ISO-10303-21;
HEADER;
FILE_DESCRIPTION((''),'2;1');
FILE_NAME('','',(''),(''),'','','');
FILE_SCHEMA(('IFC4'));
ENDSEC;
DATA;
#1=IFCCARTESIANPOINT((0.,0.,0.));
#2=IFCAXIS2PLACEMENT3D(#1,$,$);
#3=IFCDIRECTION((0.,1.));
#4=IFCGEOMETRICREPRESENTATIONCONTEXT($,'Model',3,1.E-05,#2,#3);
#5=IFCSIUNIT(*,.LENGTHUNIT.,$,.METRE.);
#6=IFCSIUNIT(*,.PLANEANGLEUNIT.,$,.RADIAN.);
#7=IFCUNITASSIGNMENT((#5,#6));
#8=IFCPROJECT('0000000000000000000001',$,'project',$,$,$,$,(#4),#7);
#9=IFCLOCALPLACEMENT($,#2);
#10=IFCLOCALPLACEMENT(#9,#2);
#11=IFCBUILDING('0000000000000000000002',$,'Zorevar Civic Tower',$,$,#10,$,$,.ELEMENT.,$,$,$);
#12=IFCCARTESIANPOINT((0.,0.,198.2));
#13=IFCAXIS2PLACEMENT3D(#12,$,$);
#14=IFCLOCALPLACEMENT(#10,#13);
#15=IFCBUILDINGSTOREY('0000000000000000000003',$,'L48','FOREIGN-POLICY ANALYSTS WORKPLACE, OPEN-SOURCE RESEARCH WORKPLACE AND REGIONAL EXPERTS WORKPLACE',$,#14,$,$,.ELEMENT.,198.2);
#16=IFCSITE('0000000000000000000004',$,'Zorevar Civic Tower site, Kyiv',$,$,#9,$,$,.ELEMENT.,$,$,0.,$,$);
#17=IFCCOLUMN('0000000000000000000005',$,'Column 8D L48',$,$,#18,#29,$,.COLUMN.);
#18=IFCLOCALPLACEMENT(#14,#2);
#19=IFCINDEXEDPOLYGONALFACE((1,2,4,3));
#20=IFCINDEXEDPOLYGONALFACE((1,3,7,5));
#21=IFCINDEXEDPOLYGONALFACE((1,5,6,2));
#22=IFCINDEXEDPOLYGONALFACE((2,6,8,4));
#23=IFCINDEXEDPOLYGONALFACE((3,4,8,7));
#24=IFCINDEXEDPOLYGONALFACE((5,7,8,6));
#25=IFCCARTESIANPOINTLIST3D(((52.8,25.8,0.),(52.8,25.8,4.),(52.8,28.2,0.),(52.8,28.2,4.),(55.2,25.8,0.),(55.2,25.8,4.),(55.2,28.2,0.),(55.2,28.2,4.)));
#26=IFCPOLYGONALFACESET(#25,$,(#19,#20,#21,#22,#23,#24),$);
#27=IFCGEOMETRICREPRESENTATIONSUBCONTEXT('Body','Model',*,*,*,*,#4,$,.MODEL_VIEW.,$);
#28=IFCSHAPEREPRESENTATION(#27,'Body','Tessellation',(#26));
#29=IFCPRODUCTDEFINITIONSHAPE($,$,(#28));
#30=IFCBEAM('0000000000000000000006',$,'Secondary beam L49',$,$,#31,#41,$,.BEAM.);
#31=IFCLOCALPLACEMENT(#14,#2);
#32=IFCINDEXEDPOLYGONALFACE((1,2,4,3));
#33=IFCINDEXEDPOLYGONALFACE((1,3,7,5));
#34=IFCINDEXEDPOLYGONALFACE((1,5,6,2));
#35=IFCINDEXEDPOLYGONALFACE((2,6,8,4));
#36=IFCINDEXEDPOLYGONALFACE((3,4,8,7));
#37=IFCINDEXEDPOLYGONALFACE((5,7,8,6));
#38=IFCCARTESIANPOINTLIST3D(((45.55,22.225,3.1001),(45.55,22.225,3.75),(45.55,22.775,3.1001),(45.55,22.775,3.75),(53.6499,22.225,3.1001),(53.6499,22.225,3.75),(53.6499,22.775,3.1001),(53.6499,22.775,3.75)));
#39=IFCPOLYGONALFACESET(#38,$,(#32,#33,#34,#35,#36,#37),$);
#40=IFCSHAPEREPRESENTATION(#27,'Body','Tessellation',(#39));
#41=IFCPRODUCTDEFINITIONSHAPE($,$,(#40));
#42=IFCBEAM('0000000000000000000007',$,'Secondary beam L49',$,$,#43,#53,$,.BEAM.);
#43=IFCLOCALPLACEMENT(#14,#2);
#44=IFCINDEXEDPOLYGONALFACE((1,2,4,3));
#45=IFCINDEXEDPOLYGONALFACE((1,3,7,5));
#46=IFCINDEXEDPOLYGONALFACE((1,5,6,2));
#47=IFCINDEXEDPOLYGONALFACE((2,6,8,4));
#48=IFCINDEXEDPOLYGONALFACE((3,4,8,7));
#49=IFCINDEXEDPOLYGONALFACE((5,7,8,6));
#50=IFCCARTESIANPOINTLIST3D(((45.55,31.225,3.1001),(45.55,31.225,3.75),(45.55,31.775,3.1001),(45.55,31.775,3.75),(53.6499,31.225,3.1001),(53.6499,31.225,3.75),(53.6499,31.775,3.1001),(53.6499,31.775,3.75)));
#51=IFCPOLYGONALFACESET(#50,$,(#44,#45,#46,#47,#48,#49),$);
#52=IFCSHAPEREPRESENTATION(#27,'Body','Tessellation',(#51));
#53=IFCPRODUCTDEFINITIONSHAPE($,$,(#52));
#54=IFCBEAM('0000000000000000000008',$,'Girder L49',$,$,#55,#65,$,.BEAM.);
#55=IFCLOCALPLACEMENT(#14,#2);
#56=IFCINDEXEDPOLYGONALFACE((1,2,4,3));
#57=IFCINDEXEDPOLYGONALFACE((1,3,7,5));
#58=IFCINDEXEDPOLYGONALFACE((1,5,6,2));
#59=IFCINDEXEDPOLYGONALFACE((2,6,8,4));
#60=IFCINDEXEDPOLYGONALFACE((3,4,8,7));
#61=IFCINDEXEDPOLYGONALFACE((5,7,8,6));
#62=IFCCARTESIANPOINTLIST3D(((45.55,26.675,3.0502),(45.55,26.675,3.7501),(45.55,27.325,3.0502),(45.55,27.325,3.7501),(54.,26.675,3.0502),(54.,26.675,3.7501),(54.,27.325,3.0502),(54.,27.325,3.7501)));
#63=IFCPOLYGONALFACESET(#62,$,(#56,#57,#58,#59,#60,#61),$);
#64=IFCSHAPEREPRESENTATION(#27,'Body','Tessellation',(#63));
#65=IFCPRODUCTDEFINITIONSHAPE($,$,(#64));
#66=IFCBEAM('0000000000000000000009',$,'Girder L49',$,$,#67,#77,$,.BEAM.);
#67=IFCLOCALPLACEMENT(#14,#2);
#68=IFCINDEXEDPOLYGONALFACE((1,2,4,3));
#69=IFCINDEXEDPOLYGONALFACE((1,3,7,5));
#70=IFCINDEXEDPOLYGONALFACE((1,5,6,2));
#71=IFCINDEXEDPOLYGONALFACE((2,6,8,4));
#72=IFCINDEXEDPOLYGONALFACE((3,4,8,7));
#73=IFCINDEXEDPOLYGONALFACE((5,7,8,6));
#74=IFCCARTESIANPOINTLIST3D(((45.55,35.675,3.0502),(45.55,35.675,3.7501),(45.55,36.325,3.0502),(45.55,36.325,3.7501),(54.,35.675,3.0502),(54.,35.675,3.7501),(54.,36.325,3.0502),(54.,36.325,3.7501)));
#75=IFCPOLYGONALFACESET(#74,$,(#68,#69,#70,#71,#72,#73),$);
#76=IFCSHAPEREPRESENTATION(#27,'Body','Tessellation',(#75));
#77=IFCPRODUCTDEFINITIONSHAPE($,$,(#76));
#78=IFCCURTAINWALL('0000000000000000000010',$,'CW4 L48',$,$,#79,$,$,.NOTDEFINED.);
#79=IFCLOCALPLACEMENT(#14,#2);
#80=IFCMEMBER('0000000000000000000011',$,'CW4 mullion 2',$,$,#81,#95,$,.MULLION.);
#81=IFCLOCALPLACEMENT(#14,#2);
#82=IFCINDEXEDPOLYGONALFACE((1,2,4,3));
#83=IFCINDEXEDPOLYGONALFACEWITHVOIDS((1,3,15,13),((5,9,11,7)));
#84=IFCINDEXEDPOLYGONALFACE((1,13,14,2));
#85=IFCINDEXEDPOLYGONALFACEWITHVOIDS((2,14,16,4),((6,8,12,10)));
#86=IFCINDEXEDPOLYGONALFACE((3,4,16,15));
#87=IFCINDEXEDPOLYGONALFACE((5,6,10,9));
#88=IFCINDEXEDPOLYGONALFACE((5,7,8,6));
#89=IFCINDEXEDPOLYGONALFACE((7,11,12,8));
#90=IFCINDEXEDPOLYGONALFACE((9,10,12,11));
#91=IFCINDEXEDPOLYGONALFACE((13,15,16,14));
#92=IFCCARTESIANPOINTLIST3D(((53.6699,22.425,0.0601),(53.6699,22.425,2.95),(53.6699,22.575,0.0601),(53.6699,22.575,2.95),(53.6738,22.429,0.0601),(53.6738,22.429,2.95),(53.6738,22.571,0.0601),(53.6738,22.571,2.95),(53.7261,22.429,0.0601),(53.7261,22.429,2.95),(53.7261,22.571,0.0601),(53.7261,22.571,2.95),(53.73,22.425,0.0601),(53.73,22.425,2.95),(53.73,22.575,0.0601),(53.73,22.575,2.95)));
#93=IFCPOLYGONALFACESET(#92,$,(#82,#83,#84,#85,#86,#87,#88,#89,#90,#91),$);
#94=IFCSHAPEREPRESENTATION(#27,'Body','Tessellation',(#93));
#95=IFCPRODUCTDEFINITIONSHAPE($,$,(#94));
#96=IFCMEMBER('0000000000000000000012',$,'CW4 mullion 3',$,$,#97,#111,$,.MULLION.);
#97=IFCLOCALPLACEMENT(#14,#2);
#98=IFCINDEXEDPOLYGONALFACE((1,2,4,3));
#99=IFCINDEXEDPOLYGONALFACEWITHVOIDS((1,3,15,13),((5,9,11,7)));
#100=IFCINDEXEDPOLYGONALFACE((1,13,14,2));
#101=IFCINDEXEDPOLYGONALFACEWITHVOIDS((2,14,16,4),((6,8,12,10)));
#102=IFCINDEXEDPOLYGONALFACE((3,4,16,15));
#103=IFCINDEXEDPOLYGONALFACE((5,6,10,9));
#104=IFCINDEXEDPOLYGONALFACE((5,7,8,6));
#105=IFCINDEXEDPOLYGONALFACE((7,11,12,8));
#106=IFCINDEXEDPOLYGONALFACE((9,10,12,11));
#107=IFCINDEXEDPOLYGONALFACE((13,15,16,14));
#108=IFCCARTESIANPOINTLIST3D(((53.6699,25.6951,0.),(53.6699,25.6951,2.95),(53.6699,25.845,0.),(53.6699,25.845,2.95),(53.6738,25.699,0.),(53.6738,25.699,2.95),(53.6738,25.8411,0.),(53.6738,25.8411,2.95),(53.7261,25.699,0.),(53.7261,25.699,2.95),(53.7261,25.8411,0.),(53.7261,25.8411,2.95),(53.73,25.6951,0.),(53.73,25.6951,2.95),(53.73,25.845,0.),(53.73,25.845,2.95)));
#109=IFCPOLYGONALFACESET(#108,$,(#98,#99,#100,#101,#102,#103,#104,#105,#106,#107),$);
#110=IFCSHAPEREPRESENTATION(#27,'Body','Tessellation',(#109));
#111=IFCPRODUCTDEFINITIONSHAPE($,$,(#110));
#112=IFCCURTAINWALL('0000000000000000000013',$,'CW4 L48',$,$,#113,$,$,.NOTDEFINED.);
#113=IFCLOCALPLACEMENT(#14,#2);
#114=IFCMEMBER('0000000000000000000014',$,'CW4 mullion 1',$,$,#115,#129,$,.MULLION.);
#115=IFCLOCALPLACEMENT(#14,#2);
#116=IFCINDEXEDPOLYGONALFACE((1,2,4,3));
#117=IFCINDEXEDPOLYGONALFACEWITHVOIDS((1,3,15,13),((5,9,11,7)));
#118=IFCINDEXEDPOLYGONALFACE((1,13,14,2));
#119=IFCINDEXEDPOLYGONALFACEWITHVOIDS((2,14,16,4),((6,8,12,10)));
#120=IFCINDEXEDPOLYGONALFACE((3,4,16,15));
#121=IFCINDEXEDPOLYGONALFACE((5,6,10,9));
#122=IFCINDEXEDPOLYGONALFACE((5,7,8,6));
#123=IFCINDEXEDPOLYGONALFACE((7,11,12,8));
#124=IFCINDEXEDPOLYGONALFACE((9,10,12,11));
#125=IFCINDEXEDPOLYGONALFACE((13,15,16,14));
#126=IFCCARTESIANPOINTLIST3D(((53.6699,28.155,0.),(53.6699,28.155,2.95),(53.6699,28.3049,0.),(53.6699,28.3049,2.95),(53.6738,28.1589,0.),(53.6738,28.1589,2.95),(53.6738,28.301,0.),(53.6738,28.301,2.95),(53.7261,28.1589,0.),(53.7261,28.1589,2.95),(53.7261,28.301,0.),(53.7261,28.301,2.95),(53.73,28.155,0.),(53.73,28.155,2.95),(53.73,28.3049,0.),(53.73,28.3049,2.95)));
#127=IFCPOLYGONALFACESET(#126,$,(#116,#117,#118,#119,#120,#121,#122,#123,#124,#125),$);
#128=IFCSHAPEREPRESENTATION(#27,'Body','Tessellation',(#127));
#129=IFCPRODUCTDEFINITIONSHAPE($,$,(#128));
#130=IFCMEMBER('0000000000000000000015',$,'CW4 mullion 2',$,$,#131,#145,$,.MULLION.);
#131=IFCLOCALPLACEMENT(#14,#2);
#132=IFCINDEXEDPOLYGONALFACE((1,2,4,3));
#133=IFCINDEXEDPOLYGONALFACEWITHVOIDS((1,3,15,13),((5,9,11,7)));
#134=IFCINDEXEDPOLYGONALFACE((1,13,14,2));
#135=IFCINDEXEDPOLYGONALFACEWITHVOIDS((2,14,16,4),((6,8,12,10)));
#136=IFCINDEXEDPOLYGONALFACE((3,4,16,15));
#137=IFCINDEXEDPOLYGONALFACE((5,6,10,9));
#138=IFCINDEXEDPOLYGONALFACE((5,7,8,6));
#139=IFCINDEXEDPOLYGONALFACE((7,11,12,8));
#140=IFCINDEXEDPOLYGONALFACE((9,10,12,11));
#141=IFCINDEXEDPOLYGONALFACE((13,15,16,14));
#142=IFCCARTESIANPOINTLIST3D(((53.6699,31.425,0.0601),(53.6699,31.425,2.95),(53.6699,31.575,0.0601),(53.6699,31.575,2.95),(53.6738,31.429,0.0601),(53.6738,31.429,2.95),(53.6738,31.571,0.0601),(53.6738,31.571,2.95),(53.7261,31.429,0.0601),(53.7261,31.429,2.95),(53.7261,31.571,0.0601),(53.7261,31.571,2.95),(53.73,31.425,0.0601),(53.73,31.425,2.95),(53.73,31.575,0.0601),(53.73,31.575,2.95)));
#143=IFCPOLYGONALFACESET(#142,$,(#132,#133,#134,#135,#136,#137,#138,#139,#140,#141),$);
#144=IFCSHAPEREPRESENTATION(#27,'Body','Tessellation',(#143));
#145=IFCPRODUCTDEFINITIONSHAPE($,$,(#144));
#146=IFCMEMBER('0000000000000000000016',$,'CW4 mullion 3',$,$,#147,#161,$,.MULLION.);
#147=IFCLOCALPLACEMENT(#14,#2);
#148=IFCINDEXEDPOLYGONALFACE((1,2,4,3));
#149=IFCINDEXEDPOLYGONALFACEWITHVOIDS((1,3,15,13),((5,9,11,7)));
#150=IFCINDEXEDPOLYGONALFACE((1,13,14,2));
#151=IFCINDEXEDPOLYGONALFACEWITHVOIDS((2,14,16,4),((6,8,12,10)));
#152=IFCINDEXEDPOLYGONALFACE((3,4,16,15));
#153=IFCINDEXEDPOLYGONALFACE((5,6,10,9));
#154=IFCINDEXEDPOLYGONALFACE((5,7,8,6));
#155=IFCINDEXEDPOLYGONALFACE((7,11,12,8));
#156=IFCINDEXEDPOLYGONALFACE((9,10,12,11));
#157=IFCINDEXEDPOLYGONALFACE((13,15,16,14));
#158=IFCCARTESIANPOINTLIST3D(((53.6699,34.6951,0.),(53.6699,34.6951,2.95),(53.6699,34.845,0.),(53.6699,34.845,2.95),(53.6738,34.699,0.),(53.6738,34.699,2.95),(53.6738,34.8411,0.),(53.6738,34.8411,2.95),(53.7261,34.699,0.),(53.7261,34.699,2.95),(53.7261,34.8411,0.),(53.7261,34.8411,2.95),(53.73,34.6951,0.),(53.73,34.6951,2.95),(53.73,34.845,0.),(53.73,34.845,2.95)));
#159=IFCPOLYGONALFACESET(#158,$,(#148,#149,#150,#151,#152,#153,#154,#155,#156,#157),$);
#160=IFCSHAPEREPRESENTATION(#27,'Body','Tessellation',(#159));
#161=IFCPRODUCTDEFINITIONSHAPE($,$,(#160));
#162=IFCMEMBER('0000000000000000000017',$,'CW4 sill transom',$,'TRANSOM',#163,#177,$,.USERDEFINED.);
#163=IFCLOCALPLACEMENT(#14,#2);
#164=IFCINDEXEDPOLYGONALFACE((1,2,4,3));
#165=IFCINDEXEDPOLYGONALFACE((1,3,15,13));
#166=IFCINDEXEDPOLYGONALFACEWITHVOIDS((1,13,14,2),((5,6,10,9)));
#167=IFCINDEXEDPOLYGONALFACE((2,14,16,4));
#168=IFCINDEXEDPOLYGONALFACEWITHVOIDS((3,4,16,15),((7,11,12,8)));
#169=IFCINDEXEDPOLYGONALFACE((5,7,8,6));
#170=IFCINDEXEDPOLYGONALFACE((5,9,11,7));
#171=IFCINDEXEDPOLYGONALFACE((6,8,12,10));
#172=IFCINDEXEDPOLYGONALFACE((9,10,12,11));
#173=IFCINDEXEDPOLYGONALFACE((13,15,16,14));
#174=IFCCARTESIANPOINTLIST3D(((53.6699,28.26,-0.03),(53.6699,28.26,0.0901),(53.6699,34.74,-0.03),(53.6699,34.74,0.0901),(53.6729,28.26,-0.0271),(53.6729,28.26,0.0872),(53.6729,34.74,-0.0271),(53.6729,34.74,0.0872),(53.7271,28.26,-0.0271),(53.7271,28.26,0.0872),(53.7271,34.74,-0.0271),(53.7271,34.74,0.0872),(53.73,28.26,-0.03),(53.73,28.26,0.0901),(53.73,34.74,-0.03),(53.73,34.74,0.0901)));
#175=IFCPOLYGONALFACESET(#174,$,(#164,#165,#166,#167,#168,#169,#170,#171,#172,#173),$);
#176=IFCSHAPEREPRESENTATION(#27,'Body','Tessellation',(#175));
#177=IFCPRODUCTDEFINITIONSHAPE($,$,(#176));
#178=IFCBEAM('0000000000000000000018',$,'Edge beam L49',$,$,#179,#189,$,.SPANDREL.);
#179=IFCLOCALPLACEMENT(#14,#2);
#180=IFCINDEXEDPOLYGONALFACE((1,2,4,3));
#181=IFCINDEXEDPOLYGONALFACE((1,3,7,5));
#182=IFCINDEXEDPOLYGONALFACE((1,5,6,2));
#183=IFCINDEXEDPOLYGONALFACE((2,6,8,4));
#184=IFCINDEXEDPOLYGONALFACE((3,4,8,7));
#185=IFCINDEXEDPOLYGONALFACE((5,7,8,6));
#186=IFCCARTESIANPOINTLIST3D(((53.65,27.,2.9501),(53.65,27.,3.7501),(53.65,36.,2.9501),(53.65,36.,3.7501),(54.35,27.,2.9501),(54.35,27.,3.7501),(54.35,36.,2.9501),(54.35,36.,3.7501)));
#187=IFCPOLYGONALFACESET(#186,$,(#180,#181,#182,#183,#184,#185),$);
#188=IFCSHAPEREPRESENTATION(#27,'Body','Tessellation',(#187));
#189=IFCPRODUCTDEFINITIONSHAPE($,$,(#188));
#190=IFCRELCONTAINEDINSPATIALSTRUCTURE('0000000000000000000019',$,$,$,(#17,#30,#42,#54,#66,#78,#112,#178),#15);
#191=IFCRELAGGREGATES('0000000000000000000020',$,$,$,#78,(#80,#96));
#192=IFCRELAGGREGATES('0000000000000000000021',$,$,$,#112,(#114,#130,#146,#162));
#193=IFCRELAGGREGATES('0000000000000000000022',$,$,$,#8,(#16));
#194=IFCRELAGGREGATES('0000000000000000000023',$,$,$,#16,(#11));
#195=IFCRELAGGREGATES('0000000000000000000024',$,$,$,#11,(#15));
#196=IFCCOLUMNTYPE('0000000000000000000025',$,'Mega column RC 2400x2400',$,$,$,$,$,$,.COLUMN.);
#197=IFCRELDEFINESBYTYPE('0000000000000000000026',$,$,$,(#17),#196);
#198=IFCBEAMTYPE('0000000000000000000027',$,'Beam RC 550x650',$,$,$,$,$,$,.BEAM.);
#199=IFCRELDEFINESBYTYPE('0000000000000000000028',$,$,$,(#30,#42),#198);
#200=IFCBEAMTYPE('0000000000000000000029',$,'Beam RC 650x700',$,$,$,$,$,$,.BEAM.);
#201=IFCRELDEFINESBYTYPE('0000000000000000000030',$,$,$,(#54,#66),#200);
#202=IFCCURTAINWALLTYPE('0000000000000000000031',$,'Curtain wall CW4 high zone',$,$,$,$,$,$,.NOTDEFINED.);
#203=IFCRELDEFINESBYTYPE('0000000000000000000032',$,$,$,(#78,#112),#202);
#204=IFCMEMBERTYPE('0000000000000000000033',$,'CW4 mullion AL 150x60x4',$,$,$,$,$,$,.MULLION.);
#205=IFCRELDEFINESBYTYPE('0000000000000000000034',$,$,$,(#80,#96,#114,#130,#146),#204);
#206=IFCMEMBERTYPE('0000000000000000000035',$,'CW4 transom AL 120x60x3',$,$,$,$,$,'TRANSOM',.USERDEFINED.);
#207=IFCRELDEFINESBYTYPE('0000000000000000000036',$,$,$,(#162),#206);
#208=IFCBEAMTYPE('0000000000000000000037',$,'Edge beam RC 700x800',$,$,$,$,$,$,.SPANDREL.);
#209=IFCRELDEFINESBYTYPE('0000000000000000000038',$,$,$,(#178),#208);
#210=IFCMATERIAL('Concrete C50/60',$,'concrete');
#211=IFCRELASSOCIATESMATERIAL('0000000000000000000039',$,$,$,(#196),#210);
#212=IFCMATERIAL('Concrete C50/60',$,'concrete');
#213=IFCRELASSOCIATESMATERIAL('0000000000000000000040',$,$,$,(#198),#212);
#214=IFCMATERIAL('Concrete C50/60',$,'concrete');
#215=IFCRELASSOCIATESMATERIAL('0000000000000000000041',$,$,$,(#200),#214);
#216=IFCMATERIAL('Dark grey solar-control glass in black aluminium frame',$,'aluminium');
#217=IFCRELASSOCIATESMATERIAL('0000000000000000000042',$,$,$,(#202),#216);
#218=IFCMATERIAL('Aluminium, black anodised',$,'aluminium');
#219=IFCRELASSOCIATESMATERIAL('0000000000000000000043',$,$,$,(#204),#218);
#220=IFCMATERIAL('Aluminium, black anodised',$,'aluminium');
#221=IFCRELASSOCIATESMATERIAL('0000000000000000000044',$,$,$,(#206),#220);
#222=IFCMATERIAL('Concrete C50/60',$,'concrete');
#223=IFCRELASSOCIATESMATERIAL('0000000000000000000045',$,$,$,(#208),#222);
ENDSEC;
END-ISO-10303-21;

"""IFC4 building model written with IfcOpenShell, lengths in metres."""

from ifc_helpers import new_model, si_unit, direction, frame, origin, origin_2d, place, context, subcontext, project, spatial, rectangle, hollow_rectangle, extrude, material, material_profile, profile_set, type_object, element, aggregate, save


model = new_model("IFC4")

# Units and contexts
model_context = context("Model", 3, precision=1e-05, world=origin(), true_north=direction((0.0, 1.0)))
body_context = subcontext(model_context, "Body", "Model", "MODEL_VIEW")
ifc_project = project(units=[si_unit("LENGTHUNIT", "METRE"), si_unit("PLANEANGLEUNIT", "RADIAN")], contexts=[model_context])

# Site, building, storey
site_placement = place(None, origin())
site = spatial("IfcSite", under=ifc_project, at=site_placement, Name="Zorevar Civic Tower site, Kyiv", CompositionType="ELEMENT", RefElevation=0.0)
building_placement = place(site_placement, origin())
building = spatial("IfcBuilding", under=site, at=building_placement, Name="Zorevar Civic Tower", CompositionType="ELEMENT")
storey_placement = place(building_placement, frame((0.0, 0.0, 198.2)))
storey = spatial("IfcBuildingStorey", under=building, at=storey_placement, Name="L48", Description="FOREIGN-POLICY ANALYSTS WORKPLACE, OPEN-SOURCE RESEARCH WORKPLACE AND REGIONAL EXPERTS WORKPLACE", CompositionType="ELEMENT", Elevation=198.2)

# Column
ifc_material_1 = material(Name="Concrete C50/60", Category="concrete")
ifc_material_profile_1 = material_profile(ifc_material_1, rectangle(XDim=2.3999, YDim=2.3999, at=origin_2d()), Name="RC 2400x2400")
ifc_profile_set_1 = profile_set([ifc_material_profile_1], Name="Concrete C50/60")
column_type = type_object("IfcColumnType", Name="Mega column RC 2400x2400", PredefinedType="COLUMN", material=ifc_profile_set_1)
column_placement = place(storey_placement, frame((54.0, 27.0, 0.0), z_axis=(0.0, 0.0, 1.0), x_axis=(1.0, 0.0, 0.0)))
element("IfcColumn", 1, at=column_placement, inside=storey, type_object=column_type, Name="Column 8D L48", PredefinedType="COLUMN", context=body_context, shape_type="SweptSolid", body=[
    extrude(rectangle(XDim=2.3999, YDim=2.3999, at=origin_2d()), origin(), (0.0, 0.0, 1.0), 4.0),
])

# Beams
ifc_material_2 = material(Name="Concrete C50/60", Category="concrete")
ifc_material_profile_2 = material_profile(ifc_material_2, rectangle(XDim=0.55, YDim=0.6499, at=origin_2d()), Name="RC 550x650")
ifc_profile_set_2 = profile_set([ifc_material_profile_2], Name="Concrete C50/60")
beam_type_1 = type_object("IfcBeamType", Name="Beam RC 550x650", PredefinedType="BEAM", material=ifc_profile_set_2)
for number, where, z_axis, x_axis, name in (
    (2, (45.55, 22.5, 3.425), (1.0, 0.0, 0.0), (0.0, 1.0, 0.0), "Secondary beam L49"),
    (3, (45.55, 31.5, 3.425), (1.0, 0.0, 0.0), (0.0, 1.0, 0.0), "Secondary beam L49"),
):
    element("IfcBeam", number, at=place(storey_placement, frame(where, z_axis=z_axis, x_axis=x_axis)), inside=storey, type_object=beam_type_1, Name=name, PredefinedType="BEAM", context=body_context, shape_type="SweptSolid", body=[
        extrude(rectangle(XDim=0.55, YDim=0.6499, at=origin_2d()), origin(), (0.0, 0.0, 1.0), 8.0999),
    ])
ifc_material_3 = material(Name="Concrete C50/60", Category="concrete")
ifc_material_profile_3 = material_profile(ifc_material_3, rectangle(XDim=0.6499, YDim=0.7, at=origin_2d()), Name="RC 650x700")
ifc_profile_set_3 = profile_set([ifc_material_profile_3], Name="Concrete C50/60")
beam_type_2 = type_object("IfcBeamType", Name="Beam RC 650x700", PredefinedType="BEAM", material=ifc_profile_set_3)
for number, where, z_axis, x_axis, name in (
    (4, (45.55, 27.0, 3.4001), (1.0, 0.0, 0.0), (0.0, 1.0, 0.0), "Girder L49"),
    (5, (45.55, 36.0, 3.4001), (1.0, 0.0, 0.0), (0.0, 1.0, 0.0), "Girder L49"),
):
    element("IfcBeam", number, at=place(storey_placement, frame(where, z_axis=z_axis, x_axis=x_axis)), inside=storey, type_object=beam_type_2, Name=name, PredefinedType="BEAM", context=body_context, shape_type="SweptSolid", body=[
        extrude(rectangle(XDim=0.6499, YDim=0.7, at=origin_2d()), origin(), (0.0, 0.0, 1.0), 8.45),
    ])

# Curtain walls, members
ifc_material_4 = material(Name="Dark grey solar-control glass in black aluminium frame", Category="aluminium")
curtain_wall_type = type_object("IfcCurtainWallType", Name="Curtain wall CW4 high zone", PredefinedType="NOTDEFINED", material=ifc_material_4)
curtain_wall_1_placement = place(storey_placement, origin())
curtain_wall_1 = element("IfcCurtainWall", 6, at=curtain_wall_1_placement, inside=storey, type_object=curtain_wall_type, Name="CW4 L48", PredefinedType="NOTDEFINED")
ifc_material_5 = material(Name="Aluminium, black anodised", Category="aluminium")
ifc_material_profile_4 = material_profile(ifc_material_5, hollow_rectangle(XDim=0.0601, YDim=0.1499, WallThickness=0.0039, at=origin_2d()), Name="AL 150x60x4")
ifc_profile_set_4 = profile_set([ifc_material_profile_4], Name="Aluminium, black anodised")
member_type_1 = type_object("IfcMemberType", Name="CW4 mullion AL 150x60x4", PredefinedType="MULLION", material=ifc_profile_set_4)
member_1_placement = place(storey_placement, frame((53.7, 22.5, 0.0601), z_axis=(0.0, 0.0, 1.0), x_axis=(-1.0, 0.0, 0.0)))
member_1 = element("IfcMember", 7, at=member_1_placement, type_object=member_type_1, Name="CW4 mullion 2", PredefinedType="MULLION", context=body_context, shape_type="SweptSolid", body=[
    extrude(hollow_rectangle(XDim=0.0601, YDim=0.1499, WallThickness=0.0039, at=origin_2d()), origin(), (0.0, 0.0, 1.0), 2.8899),
])
member_2_placement = place(storey_placement, frame((53.7, 25.77, 0.0), z_axis=(0.0, 0.0, 1.0), x_axis=(-1.0, 0.0, 0.0)))
member_2 = element("IfcMember", 8, at=member_2_placement, type_object=member_type_1, Name="CW4 mullion 3", PredefinedType="MULLION", context=body_context, shape_type="SweptSolid", body=[
    extrude(hollow_rectangle(XDim=0.0601, YDim=0.1499, WallThickness=0.0039, at=origin_2d()), origin(), (0.0, 0.0, 1.0), 2.95),
])
curtain_wall_2_placement = place(storey_placement, origin())
curtain_wall_2 = element("IfcCurtainWall", 9, at=curtain_wall_2_placement, inside=storey, type_object=curtain_wall_type, Name="CW4 L48", PredefinedType="NOTDEFINED")
member_3_placement = place(storey_placement, frame((53.7, 28.23, 0.0), z_axis=(0.0, 0.0, 1.0), x_axis=(-1.0, 0.0, 0.0)))
member_3 = element("IfcMember", 10, at=member_3_placement, type_object=member_type_1, Name="CW4 mullion 1", PredefinedType="MULLION", context=body_context, shape_type="SweptSolid", body=[
    extrude(hollow_rectangle(XDim=0.0601, YDim=0.1499, WallThickness=0.0039, at=origin_2d()), origin(), (0.0, 0.0, 1.0), 2.95),
])
member_4_placement = place(storey_placement, frame((53.7, 31.5, 0.0601), z_axis=(0.0, 0.0, 1.0), x_axis=(-1.0, 0.0, 0.0)))
member_4 = element("IfcMember", 11, at=member_4_placement, type_object=member_type_1, Name="CW4 mullion 2", PredefinedType="MULLION", context=body_context, shape_type="SweptSolid", body=[
    extrude(hollow_rectangle(XDim=0.0601, YDim=0.1499, WallThickness=0.0039, at=origin_2d()), origin(), (0.0, 0.0, 1.0), 2.8899),
])
member_5_placement = place(storey_placement, frame((53.7, 34.77, 0.0), z_axis=(0.0, 0.0, 1.0), x_axis=(-1.0, 0.0, 0.0)))
member_5 = element("IfcMember", 12, at=member_5_placement, type_object=member_type_1, Name="CW4 mullion 3", PredefinedType="MULLION", context=body_context, shape_type="SweptSolid", body=[
    extrude(hollow_rectangle(XDim=0.0601, YDim=0.1499, WallThickness=0.0039, at=origin_2d()), origin(), (0.0, 0.0, 1.0), 2.95),
])
ifc_material_6 = material(Name="Aluminium, black anodised", Category="aluminium")
ifc_material_profile_5 = material_profile(ifc_material_6, hollow_rectangle(XDim=0.0601, YDim=0.1201, WallThickness=0.0029, at=origin_2d()), Name="AL 120x60x3")
ifc_profile_set_5 = profile_set([ifc_material_profile_5], Name="Aluminium, black anodised")
member_type_2 = type_object("IfcMemberType", Name="CW4 transom AL 120x60x3", ElementType="TRANSOM", PredefinedType="USERDEFINED", material=ifc_profile_set_5)
member_6_placement = place(storey_placement, frame((53.7, 28.26, 0.03), z_axis=(0.0, 1.0, 0.0), x_axis=(-1.0, 0.0, 0.0)))
member_6 = element("IfcMember", 13, at=member_6_placement, type_object=member_type_2, Name="CW4 sill transom", ObjectType="TRANSOM", PredefinedType="USERDEFINED", context=body_context, shape_type="SweptSolid", body=[
    extrude(hollow_rectangle(XDim=0.0601, YDim=0.1201, WallThickness=0.0029, at=origin_2d()), origin(), (0.0, 0.0, 1.0), 6.48),
])

# Beam
ifc_material_7 = material(Name="Concrete C50/60", Category="concrete")
ifc_material_profile_6 = material_profile(ifc_material_7, rectangle(XDim=0.7, YDim=0.8, at=origin_2d()), Name="RC 700x800")
ifc_profile_set_6 = profile_set([ifc_material_profile_6], Name="Concrete C50/60")
beam_type_3 = type_object("IfcBeamType", Name="Edge beam RC 700x800", PredefinedType="SPANDREL", material=ifc_profile_set_6)
beam_placement = place(storey_placement, frame((54.0, 27.0, 3.3501), z_axis=(0.0, 1.0, 0.0), x_axis=(-1.0, 0.0, 0.0)))
element("IfcBeam", 14, at=beam_placement, inside=storey, type_object=beam_type_3, Name="Edge beam L49", PredefinedType="SPANDREL", context=body_context, shape_type="SweptSolid", body=[
    extrude(rectangle(XDim=0.7, YDim=0.8, at=origin_2d()), origin(), (0.0, 0.0, 1.0), 9.0),
])

aggregate(curtain_wall_1, [member_1, member_2])
aggregate(curtain_wall_2, [member_3, member_4, member_5, member_6])

save(model, "model.ifc")
